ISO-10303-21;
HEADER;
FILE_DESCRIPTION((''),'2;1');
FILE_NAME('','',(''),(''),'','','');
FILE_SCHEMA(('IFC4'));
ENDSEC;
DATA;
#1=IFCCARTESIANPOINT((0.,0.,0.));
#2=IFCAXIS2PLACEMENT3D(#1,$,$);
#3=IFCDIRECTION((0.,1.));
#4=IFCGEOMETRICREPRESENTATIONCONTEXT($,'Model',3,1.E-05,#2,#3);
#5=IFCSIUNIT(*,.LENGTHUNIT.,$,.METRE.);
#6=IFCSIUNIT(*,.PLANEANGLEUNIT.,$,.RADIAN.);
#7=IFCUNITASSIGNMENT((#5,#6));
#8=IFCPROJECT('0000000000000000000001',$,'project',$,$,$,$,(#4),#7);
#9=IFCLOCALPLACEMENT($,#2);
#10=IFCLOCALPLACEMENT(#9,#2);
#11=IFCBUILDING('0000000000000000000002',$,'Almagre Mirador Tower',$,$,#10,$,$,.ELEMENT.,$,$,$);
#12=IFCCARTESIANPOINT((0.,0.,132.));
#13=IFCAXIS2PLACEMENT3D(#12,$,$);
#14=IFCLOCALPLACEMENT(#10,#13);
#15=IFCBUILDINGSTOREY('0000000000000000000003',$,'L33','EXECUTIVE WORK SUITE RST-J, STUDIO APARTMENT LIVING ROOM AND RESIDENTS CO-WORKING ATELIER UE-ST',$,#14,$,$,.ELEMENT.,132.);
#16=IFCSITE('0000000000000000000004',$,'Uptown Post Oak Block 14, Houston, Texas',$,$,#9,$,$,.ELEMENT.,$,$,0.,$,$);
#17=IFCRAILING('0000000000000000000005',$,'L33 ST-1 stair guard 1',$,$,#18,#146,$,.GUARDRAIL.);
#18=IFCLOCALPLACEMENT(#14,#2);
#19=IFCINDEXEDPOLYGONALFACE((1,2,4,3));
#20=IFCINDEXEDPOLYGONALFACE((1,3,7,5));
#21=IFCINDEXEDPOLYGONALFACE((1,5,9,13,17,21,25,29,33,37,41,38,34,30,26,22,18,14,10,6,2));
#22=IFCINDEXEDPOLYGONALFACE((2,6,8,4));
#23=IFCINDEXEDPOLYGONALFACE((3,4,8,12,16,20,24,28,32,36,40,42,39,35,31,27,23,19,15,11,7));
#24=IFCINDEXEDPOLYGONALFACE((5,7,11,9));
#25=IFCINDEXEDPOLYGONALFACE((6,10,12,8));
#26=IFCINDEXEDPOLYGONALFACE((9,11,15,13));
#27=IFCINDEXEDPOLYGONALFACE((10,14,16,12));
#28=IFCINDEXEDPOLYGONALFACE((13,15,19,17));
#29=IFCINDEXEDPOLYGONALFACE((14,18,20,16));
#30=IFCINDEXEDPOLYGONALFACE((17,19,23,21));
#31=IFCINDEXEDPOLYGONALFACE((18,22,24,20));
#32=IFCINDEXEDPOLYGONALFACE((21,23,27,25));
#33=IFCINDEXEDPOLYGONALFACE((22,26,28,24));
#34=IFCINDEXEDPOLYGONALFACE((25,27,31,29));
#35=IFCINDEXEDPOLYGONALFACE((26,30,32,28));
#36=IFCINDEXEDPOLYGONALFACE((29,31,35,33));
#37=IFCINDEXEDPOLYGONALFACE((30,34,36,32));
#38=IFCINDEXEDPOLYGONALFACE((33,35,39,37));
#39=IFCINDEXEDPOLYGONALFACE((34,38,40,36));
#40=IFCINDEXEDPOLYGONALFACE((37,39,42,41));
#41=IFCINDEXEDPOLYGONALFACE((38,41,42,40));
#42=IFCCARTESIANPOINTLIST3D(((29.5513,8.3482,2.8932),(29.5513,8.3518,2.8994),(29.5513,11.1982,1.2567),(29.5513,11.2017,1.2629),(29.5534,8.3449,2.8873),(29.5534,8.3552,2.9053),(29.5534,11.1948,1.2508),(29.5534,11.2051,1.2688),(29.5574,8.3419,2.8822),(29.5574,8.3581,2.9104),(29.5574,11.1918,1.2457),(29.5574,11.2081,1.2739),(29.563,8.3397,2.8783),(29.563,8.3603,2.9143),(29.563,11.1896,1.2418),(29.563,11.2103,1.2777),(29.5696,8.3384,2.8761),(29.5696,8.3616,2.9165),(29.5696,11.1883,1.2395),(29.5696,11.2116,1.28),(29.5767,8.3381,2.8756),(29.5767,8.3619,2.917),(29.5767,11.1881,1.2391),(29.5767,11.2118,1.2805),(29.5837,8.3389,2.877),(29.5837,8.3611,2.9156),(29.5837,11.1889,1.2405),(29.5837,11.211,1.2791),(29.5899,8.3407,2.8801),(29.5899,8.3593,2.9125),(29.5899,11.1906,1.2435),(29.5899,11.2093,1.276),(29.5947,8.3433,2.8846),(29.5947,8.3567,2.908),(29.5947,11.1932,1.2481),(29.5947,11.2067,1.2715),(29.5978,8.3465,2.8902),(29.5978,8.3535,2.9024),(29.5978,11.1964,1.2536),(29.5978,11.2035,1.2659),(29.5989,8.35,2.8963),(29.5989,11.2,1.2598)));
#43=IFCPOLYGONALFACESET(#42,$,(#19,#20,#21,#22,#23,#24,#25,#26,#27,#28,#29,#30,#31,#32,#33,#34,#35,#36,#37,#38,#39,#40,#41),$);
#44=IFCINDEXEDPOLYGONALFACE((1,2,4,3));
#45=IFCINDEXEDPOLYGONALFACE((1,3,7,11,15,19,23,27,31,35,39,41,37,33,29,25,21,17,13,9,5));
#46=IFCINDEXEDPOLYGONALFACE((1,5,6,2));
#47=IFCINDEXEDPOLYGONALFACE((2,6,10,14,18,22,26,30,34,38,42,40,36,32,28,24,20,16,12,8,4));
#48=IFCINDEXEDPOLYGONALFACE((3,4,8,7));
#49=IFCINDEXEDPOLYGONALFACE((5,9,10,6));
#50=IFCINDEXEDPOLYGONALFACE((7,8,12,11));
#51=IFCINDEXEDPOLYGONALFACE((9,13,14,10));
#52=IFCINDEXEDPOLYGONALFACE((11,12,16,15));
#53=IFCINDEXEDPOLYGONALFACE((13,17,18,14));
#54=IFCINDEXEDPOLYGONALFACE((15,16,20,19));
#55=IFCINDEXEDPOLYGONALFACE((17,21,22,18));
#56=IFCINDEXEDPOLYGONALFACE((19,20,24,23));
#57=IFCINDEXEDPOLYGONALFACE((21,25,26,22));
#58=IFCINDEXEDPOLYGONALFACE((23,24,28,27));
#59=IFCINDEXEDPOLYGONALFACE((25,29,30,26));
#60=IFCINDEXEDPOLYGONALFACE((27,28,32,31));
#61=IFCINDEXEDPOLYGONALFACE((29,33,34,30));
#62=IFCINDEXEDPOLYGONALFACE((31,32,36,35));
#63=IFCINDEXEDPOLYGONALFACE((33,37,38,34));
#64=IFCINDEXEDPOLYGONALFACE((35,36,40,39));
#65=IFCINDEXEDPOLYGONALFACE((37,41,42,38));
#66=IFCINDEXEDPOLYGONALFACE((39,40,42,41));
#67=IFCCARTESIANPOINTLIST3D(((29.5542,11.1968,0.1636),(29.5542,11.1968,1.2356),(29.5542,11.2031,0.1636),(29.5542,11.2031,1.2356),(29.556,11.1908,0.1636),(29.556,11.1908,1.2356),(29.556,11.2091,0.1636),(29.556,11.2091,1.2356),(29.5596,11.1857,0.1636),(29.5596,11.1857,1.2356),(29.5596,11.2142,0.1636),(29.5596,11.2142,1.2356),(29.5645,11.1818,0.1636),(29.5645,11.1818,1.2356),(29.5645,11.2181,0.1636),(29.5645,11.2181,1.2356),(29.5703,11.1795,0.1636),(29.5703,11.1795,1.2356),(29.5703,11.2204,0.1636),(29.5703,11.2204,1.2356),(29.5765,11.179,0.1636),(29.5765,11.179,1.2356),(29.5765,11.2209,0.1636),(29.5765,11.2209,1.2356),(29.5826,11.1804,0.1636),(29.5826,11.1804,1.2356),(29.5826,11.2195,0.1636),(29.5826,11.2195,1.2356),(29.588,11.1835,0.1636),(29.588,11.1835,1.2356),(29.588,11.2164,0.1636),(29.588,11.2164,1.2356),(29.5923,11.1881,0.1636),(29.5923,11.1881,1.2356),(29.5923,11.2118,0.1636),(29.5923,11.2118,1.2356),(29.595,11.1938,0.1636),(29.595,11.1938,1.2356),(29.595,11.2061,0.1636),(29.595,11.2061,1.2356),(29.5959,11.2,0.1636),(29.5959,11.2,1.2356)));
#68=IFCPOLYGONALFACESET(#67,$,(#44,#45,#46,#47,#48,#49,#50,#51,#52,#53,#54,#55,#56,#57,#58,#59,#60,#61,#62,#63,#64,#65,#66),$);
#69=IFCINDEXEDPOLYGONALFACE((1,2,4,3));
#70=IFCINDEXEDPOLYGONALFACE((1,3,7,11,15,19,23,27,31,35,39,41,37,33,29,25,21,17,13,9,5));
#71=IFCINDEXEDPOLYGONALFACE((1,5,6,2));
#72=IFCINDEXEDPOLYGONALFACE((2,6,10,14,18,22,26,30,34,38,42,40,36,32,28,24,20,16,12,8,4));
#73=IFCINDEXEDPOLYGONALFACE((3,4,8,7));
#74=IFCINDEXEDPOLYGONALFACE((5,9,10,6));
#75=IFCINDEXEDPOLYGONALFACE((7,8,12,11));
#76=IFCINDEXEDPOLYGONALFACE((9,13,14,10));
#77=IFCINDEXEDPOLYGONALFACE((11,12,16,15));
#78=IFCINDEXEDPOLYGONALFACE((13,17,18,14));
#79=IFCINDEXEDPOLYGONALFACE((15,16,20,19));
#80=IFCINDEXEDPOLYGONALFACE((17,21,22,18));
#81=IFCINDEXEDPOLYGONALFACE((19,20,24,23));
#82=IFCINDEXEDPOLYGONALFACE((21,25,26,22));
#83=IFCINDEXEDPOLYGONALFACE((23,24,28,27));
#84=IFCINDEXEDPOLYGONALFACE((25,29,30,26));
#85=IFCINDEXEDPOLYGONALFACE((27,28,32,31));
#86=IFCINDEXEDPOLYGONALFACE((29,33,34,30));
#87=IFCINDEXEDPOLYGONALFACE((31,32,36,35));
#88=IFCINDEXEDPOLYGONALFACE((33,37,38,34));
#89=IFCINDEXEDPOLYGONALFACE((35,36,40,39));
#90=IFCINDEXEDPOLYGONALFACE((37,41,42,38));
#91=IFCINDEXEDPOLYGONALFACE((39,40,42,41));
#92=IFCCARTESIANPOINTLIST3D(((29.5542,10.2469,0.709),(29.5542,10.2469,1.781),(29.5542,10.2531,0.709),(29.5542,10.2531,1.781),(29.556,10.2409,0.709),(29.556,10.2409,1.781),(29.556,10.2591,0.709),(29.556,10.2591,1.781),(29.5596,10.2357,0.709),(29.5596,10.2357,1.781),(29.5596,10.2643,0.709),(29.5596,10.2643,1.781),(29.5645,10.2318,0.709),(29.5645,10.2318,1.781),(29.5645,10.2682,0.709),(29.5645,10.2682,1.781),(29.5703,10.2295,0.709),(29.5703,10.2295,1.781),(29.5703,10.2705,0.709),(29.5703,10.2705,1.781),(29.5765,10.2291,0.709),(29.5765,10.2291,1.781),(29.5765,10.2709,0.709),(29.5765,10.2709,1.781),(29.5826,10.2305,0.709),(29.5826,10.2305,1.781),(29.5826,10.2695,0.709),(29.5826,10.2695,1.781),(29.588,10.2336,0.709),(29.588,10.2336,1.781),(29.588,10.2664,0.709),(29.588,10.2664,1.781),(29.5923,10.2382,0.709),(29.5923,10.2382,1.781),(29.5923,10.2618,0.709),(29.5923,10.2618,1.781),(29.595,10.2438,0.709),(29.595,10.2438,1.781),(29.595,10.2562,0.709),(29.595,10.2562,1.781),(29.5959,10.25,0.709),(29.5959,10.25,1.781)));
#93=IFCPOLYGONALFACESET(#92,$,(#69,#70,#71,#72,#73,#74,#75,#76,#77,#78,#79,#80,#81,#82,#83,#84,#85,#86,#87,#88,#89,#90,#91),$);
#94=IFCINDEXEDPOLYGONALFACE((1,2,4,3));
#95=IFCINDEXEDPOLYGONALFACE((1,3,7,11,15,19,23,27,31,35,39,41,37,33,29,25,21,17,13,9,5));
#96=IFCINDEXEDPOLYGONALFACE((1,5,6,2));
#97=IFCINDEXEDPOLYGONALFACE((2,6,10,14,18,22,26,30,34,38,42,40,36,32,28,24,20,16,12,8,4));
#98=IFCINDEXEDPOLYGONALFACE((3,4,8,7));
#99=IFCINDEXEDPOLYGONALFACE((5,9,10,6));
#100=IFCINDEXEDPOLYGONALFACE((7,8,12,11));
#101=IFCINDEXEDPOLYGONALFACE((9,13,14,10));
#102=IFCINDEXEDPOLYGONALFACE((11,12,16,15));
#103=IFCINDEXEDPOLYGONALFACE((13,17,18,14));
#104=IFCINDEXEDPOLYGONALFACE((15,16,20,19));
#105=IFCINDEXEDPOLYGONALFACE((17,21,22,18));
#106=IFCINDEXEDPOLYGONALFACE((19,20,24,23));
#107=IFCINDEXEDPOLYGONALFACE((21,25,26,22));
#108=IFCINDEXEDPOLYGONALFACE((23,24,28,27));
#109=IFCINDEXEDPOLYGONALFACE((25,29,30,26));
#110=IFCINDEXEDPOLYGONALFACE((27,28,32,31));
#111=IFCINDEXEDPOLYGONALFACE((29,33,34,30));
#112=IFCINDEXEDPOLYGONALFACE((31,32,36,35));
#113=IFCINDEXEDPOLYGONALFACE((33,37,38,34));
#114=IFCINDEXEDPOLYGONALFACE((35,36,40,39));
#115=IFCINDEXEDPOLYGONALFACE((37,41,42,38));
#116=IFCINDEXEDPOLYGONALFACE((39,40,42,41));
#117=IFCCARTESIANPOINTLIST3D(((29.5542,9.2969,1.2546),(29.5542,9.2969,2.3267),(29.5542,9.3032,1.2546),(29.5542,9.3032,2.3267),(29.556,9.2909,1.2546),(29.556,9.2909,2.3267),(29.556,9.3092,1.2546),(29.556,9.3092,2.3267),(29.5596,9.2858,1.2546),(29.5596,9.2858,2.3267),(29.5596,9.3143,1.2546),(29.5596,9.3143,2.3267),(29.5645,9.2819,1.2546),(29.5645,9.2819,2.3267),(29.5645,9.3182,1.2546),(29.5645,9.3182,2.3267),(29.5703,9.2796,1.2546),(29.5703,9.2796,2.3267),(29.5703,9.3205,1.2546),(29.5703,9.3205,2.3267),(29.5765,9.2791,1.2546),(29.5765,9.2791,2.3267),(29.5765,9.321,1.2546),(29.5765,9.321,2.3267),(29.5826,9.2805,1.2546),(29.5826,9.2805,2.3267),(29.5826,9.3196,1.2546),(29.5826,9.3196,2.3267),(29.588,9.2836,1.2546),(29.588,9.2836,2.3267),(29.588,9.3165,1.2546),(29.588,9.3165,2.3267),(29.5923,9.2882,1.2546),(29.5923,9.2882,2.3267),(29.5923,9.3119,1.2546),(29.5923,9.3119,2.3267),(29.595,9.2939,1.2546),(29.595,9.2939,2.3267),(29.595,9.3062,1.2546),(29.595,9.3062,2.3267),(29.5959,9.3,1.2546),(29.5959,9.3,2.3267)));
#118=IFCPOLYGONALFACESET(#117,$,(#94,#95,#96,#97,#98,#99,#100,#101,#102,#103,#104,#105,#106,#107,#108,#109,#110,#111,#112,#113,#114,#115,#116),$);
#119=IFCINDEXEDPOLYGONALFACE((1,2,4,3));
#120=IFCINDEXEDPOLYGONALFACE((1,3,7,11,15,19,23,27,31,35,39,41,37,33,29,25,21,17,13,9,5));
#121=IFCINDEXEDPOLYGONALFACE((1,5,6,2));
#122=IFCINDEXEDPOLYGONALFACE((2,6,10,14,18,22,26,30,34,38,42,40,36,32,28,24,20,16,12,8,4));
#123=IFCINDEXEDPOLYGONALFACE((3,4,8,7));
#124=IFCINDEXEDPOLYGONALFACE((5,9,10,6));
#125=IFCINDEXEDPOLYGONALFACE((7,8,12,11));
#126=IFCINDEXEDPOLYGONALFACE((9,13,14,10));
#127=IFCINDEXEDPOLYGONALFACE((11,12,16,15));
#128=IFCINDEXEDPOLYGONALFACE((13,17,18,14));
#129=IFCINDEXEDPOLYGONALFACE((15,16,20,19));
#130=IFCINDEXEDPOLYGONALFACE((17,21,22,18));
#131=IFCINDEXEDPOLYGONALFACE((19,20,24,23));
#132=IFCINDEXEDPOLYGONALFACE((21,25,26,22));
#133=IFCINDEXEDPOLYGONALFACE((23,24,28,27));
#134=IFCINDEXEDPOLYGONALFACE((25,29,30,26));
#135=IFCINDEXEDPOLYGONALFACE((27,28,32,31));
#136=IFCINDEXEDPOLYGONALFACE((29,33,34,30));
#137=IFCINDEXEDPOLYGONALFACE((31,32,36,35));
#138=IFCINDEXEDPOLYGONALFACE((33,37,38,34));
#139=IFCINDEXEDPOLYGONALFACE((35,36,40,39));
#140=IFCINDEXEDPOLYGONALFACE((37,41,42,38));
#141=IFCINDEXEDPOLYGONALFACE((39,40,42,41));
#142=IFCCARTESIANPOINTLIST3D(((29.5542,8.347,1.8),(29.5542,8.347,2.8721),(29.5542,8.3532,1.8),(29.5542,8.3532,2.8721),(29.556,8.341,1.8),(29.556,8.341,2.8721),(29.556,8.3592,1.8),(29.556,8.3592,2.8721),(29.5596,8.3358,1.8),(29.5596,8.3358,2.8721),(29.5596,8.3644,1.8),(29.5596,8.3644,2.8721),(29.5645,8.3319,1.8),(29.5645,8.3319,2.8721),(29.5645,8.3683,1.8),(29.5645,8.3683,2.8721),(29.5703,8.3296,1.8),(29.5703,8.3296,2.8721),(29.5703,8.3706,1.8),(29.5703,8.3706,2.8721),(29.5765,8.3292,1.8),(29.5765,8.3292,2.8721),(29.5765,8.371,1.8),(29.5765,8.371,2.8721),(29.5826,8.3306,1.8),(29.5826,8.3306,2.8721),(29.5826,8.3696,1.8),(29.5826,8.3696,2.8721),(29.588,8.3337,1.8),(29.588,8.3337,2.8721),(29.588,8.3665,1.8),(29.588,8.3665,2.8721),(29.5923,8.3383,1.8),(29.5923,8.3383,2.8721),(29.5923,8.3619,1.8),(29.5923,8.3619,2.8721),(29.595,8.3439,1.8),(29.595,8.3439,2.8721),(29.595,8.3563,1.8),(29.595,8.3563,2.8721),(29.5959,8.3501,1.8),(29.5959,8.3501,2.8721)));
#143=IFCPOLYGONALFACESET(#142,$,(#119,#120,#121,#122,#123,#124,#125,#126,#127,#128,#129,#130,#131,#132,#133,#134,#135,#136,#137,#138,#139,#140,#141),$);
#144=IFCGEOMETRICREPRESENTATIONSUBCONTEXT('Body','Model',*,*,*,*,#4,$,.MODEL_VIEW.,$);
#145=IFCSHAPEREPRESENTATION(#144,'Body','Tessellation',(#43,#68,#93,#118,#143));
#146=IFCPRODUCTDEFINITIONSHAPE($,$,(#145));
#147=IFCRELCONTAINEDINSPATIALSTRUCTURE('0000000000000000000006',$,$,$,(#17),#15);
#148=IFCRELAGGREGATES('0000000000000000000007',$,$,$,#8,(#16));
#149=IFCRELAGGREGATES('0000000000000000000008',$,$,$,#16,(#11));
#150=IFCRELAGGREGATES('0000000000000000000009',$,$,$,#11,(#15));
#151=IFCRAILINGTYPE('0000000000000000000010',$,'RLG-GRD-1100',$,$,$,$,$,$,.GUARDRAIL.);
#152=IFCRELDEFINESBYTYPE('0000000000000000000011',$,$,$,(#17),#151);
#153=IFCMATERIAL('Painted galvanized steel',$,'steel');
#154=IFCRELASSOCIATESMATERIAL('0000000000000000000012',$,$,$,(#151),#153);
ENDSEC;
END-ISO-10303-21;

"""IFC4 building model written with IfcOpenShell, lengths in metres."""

from ifc_helpers import new_model, si_unit, direction, frame, origin, origin_2d, place, context, subcontext, project, spatial, circle, extrude, material, type_object, element, save


model = new_model("IFC4")

# Units and contexts
model_context = context("Model", 3, precision=1e-05, world=origin(), true_north=direction((0.0, 1.0)))
body_context = subcontext(model_context, "Body", "Model", "MODEL_VIEW")
ifc_project = project(units=[si_unit("LENGTHUNIT", "METRE"), si_unit("PLANEANGLEUNIT", "RADIAN")], contexts=[model_context])

# Site, building, storey
site_placement = place(None, origin())
site = spatial("IfcSite", under=ifc_project, at=site_placement, Name="Uptown Post Oak Block 14, Houston, Texas", CompositionType="ELEMENT", RefElevation=0.0)
building_placement = place(site_placement, origin())
building = spatial("IfcBuilding", under=site, at=building_placement, Name="Almagre Mirador Tower", CompositionType="ELEMENT")
storey_placement = place(building_placement, frame((0.0, 0.0, 132.0)))
storey = spatial("IfcBuildingStorey", under=building, at=storey_placement, Name="L33", Description="EXECUTIVE WORK SUITE RST-J, STUDIO APARTMENT LIVING ROOM AND RESIDENTS CO-WORKING ATELIER UE-ST", CompositionType="ELEMENT", Elevation=132.0)

# Railing
ifc_material_1 = material(Name="Painted galvanized steel", Category="steel")
railing_type_1 = type_object("IfcRailingType", Name="RLG-GRD-1100", PredefinedType="GUARDRAIL", material=ifc_material_1)
railing_1_placement = place(storey_placement, frame((29.575, 11.2, 0.1636)))
element("IfcRailing", 1, at=railing_1_placement, inside=storey, type_object=railing_type_1, Name="L33 ST-1 stair guard 1", PredefinedType="GUARDRAIL", context=body_context, shape_type="SweptSolid", body=[
    extrude(circle(Radius=0.0239, at=origin_2d()), frame((0.0, 0.0, 1.0962), z_axis=(0.0, -0.867194, 0.49797), x_axis=(1.0, 0.0, 0.0)), (0.0, 0.0, 1.0), 3.2864),
    extrude(circle(Radius=0.021, at=origin_2d()), origin(), (0.0, 0.0, 1.0), 1.072),
    extrude(circle(Radius=0.021, at=origin_2d()), frame((0.0, -0.95, 0.5454)), (0.0, 0.0, 1.0), 1.072),
    extrude(circle(Radius=0.021, at=origin_2d()), frame((0.0, -1.8999, 1.0911)), (0.0, 0.0, 1.0), 1.072),
    extrude(circle(Radius=0.021, at=origin_2d()), frame((0.0, -2.8499, 1.6365)), (0.0, 0.0, 1.0), 1.072),
])

save(model, "model.ifc")
